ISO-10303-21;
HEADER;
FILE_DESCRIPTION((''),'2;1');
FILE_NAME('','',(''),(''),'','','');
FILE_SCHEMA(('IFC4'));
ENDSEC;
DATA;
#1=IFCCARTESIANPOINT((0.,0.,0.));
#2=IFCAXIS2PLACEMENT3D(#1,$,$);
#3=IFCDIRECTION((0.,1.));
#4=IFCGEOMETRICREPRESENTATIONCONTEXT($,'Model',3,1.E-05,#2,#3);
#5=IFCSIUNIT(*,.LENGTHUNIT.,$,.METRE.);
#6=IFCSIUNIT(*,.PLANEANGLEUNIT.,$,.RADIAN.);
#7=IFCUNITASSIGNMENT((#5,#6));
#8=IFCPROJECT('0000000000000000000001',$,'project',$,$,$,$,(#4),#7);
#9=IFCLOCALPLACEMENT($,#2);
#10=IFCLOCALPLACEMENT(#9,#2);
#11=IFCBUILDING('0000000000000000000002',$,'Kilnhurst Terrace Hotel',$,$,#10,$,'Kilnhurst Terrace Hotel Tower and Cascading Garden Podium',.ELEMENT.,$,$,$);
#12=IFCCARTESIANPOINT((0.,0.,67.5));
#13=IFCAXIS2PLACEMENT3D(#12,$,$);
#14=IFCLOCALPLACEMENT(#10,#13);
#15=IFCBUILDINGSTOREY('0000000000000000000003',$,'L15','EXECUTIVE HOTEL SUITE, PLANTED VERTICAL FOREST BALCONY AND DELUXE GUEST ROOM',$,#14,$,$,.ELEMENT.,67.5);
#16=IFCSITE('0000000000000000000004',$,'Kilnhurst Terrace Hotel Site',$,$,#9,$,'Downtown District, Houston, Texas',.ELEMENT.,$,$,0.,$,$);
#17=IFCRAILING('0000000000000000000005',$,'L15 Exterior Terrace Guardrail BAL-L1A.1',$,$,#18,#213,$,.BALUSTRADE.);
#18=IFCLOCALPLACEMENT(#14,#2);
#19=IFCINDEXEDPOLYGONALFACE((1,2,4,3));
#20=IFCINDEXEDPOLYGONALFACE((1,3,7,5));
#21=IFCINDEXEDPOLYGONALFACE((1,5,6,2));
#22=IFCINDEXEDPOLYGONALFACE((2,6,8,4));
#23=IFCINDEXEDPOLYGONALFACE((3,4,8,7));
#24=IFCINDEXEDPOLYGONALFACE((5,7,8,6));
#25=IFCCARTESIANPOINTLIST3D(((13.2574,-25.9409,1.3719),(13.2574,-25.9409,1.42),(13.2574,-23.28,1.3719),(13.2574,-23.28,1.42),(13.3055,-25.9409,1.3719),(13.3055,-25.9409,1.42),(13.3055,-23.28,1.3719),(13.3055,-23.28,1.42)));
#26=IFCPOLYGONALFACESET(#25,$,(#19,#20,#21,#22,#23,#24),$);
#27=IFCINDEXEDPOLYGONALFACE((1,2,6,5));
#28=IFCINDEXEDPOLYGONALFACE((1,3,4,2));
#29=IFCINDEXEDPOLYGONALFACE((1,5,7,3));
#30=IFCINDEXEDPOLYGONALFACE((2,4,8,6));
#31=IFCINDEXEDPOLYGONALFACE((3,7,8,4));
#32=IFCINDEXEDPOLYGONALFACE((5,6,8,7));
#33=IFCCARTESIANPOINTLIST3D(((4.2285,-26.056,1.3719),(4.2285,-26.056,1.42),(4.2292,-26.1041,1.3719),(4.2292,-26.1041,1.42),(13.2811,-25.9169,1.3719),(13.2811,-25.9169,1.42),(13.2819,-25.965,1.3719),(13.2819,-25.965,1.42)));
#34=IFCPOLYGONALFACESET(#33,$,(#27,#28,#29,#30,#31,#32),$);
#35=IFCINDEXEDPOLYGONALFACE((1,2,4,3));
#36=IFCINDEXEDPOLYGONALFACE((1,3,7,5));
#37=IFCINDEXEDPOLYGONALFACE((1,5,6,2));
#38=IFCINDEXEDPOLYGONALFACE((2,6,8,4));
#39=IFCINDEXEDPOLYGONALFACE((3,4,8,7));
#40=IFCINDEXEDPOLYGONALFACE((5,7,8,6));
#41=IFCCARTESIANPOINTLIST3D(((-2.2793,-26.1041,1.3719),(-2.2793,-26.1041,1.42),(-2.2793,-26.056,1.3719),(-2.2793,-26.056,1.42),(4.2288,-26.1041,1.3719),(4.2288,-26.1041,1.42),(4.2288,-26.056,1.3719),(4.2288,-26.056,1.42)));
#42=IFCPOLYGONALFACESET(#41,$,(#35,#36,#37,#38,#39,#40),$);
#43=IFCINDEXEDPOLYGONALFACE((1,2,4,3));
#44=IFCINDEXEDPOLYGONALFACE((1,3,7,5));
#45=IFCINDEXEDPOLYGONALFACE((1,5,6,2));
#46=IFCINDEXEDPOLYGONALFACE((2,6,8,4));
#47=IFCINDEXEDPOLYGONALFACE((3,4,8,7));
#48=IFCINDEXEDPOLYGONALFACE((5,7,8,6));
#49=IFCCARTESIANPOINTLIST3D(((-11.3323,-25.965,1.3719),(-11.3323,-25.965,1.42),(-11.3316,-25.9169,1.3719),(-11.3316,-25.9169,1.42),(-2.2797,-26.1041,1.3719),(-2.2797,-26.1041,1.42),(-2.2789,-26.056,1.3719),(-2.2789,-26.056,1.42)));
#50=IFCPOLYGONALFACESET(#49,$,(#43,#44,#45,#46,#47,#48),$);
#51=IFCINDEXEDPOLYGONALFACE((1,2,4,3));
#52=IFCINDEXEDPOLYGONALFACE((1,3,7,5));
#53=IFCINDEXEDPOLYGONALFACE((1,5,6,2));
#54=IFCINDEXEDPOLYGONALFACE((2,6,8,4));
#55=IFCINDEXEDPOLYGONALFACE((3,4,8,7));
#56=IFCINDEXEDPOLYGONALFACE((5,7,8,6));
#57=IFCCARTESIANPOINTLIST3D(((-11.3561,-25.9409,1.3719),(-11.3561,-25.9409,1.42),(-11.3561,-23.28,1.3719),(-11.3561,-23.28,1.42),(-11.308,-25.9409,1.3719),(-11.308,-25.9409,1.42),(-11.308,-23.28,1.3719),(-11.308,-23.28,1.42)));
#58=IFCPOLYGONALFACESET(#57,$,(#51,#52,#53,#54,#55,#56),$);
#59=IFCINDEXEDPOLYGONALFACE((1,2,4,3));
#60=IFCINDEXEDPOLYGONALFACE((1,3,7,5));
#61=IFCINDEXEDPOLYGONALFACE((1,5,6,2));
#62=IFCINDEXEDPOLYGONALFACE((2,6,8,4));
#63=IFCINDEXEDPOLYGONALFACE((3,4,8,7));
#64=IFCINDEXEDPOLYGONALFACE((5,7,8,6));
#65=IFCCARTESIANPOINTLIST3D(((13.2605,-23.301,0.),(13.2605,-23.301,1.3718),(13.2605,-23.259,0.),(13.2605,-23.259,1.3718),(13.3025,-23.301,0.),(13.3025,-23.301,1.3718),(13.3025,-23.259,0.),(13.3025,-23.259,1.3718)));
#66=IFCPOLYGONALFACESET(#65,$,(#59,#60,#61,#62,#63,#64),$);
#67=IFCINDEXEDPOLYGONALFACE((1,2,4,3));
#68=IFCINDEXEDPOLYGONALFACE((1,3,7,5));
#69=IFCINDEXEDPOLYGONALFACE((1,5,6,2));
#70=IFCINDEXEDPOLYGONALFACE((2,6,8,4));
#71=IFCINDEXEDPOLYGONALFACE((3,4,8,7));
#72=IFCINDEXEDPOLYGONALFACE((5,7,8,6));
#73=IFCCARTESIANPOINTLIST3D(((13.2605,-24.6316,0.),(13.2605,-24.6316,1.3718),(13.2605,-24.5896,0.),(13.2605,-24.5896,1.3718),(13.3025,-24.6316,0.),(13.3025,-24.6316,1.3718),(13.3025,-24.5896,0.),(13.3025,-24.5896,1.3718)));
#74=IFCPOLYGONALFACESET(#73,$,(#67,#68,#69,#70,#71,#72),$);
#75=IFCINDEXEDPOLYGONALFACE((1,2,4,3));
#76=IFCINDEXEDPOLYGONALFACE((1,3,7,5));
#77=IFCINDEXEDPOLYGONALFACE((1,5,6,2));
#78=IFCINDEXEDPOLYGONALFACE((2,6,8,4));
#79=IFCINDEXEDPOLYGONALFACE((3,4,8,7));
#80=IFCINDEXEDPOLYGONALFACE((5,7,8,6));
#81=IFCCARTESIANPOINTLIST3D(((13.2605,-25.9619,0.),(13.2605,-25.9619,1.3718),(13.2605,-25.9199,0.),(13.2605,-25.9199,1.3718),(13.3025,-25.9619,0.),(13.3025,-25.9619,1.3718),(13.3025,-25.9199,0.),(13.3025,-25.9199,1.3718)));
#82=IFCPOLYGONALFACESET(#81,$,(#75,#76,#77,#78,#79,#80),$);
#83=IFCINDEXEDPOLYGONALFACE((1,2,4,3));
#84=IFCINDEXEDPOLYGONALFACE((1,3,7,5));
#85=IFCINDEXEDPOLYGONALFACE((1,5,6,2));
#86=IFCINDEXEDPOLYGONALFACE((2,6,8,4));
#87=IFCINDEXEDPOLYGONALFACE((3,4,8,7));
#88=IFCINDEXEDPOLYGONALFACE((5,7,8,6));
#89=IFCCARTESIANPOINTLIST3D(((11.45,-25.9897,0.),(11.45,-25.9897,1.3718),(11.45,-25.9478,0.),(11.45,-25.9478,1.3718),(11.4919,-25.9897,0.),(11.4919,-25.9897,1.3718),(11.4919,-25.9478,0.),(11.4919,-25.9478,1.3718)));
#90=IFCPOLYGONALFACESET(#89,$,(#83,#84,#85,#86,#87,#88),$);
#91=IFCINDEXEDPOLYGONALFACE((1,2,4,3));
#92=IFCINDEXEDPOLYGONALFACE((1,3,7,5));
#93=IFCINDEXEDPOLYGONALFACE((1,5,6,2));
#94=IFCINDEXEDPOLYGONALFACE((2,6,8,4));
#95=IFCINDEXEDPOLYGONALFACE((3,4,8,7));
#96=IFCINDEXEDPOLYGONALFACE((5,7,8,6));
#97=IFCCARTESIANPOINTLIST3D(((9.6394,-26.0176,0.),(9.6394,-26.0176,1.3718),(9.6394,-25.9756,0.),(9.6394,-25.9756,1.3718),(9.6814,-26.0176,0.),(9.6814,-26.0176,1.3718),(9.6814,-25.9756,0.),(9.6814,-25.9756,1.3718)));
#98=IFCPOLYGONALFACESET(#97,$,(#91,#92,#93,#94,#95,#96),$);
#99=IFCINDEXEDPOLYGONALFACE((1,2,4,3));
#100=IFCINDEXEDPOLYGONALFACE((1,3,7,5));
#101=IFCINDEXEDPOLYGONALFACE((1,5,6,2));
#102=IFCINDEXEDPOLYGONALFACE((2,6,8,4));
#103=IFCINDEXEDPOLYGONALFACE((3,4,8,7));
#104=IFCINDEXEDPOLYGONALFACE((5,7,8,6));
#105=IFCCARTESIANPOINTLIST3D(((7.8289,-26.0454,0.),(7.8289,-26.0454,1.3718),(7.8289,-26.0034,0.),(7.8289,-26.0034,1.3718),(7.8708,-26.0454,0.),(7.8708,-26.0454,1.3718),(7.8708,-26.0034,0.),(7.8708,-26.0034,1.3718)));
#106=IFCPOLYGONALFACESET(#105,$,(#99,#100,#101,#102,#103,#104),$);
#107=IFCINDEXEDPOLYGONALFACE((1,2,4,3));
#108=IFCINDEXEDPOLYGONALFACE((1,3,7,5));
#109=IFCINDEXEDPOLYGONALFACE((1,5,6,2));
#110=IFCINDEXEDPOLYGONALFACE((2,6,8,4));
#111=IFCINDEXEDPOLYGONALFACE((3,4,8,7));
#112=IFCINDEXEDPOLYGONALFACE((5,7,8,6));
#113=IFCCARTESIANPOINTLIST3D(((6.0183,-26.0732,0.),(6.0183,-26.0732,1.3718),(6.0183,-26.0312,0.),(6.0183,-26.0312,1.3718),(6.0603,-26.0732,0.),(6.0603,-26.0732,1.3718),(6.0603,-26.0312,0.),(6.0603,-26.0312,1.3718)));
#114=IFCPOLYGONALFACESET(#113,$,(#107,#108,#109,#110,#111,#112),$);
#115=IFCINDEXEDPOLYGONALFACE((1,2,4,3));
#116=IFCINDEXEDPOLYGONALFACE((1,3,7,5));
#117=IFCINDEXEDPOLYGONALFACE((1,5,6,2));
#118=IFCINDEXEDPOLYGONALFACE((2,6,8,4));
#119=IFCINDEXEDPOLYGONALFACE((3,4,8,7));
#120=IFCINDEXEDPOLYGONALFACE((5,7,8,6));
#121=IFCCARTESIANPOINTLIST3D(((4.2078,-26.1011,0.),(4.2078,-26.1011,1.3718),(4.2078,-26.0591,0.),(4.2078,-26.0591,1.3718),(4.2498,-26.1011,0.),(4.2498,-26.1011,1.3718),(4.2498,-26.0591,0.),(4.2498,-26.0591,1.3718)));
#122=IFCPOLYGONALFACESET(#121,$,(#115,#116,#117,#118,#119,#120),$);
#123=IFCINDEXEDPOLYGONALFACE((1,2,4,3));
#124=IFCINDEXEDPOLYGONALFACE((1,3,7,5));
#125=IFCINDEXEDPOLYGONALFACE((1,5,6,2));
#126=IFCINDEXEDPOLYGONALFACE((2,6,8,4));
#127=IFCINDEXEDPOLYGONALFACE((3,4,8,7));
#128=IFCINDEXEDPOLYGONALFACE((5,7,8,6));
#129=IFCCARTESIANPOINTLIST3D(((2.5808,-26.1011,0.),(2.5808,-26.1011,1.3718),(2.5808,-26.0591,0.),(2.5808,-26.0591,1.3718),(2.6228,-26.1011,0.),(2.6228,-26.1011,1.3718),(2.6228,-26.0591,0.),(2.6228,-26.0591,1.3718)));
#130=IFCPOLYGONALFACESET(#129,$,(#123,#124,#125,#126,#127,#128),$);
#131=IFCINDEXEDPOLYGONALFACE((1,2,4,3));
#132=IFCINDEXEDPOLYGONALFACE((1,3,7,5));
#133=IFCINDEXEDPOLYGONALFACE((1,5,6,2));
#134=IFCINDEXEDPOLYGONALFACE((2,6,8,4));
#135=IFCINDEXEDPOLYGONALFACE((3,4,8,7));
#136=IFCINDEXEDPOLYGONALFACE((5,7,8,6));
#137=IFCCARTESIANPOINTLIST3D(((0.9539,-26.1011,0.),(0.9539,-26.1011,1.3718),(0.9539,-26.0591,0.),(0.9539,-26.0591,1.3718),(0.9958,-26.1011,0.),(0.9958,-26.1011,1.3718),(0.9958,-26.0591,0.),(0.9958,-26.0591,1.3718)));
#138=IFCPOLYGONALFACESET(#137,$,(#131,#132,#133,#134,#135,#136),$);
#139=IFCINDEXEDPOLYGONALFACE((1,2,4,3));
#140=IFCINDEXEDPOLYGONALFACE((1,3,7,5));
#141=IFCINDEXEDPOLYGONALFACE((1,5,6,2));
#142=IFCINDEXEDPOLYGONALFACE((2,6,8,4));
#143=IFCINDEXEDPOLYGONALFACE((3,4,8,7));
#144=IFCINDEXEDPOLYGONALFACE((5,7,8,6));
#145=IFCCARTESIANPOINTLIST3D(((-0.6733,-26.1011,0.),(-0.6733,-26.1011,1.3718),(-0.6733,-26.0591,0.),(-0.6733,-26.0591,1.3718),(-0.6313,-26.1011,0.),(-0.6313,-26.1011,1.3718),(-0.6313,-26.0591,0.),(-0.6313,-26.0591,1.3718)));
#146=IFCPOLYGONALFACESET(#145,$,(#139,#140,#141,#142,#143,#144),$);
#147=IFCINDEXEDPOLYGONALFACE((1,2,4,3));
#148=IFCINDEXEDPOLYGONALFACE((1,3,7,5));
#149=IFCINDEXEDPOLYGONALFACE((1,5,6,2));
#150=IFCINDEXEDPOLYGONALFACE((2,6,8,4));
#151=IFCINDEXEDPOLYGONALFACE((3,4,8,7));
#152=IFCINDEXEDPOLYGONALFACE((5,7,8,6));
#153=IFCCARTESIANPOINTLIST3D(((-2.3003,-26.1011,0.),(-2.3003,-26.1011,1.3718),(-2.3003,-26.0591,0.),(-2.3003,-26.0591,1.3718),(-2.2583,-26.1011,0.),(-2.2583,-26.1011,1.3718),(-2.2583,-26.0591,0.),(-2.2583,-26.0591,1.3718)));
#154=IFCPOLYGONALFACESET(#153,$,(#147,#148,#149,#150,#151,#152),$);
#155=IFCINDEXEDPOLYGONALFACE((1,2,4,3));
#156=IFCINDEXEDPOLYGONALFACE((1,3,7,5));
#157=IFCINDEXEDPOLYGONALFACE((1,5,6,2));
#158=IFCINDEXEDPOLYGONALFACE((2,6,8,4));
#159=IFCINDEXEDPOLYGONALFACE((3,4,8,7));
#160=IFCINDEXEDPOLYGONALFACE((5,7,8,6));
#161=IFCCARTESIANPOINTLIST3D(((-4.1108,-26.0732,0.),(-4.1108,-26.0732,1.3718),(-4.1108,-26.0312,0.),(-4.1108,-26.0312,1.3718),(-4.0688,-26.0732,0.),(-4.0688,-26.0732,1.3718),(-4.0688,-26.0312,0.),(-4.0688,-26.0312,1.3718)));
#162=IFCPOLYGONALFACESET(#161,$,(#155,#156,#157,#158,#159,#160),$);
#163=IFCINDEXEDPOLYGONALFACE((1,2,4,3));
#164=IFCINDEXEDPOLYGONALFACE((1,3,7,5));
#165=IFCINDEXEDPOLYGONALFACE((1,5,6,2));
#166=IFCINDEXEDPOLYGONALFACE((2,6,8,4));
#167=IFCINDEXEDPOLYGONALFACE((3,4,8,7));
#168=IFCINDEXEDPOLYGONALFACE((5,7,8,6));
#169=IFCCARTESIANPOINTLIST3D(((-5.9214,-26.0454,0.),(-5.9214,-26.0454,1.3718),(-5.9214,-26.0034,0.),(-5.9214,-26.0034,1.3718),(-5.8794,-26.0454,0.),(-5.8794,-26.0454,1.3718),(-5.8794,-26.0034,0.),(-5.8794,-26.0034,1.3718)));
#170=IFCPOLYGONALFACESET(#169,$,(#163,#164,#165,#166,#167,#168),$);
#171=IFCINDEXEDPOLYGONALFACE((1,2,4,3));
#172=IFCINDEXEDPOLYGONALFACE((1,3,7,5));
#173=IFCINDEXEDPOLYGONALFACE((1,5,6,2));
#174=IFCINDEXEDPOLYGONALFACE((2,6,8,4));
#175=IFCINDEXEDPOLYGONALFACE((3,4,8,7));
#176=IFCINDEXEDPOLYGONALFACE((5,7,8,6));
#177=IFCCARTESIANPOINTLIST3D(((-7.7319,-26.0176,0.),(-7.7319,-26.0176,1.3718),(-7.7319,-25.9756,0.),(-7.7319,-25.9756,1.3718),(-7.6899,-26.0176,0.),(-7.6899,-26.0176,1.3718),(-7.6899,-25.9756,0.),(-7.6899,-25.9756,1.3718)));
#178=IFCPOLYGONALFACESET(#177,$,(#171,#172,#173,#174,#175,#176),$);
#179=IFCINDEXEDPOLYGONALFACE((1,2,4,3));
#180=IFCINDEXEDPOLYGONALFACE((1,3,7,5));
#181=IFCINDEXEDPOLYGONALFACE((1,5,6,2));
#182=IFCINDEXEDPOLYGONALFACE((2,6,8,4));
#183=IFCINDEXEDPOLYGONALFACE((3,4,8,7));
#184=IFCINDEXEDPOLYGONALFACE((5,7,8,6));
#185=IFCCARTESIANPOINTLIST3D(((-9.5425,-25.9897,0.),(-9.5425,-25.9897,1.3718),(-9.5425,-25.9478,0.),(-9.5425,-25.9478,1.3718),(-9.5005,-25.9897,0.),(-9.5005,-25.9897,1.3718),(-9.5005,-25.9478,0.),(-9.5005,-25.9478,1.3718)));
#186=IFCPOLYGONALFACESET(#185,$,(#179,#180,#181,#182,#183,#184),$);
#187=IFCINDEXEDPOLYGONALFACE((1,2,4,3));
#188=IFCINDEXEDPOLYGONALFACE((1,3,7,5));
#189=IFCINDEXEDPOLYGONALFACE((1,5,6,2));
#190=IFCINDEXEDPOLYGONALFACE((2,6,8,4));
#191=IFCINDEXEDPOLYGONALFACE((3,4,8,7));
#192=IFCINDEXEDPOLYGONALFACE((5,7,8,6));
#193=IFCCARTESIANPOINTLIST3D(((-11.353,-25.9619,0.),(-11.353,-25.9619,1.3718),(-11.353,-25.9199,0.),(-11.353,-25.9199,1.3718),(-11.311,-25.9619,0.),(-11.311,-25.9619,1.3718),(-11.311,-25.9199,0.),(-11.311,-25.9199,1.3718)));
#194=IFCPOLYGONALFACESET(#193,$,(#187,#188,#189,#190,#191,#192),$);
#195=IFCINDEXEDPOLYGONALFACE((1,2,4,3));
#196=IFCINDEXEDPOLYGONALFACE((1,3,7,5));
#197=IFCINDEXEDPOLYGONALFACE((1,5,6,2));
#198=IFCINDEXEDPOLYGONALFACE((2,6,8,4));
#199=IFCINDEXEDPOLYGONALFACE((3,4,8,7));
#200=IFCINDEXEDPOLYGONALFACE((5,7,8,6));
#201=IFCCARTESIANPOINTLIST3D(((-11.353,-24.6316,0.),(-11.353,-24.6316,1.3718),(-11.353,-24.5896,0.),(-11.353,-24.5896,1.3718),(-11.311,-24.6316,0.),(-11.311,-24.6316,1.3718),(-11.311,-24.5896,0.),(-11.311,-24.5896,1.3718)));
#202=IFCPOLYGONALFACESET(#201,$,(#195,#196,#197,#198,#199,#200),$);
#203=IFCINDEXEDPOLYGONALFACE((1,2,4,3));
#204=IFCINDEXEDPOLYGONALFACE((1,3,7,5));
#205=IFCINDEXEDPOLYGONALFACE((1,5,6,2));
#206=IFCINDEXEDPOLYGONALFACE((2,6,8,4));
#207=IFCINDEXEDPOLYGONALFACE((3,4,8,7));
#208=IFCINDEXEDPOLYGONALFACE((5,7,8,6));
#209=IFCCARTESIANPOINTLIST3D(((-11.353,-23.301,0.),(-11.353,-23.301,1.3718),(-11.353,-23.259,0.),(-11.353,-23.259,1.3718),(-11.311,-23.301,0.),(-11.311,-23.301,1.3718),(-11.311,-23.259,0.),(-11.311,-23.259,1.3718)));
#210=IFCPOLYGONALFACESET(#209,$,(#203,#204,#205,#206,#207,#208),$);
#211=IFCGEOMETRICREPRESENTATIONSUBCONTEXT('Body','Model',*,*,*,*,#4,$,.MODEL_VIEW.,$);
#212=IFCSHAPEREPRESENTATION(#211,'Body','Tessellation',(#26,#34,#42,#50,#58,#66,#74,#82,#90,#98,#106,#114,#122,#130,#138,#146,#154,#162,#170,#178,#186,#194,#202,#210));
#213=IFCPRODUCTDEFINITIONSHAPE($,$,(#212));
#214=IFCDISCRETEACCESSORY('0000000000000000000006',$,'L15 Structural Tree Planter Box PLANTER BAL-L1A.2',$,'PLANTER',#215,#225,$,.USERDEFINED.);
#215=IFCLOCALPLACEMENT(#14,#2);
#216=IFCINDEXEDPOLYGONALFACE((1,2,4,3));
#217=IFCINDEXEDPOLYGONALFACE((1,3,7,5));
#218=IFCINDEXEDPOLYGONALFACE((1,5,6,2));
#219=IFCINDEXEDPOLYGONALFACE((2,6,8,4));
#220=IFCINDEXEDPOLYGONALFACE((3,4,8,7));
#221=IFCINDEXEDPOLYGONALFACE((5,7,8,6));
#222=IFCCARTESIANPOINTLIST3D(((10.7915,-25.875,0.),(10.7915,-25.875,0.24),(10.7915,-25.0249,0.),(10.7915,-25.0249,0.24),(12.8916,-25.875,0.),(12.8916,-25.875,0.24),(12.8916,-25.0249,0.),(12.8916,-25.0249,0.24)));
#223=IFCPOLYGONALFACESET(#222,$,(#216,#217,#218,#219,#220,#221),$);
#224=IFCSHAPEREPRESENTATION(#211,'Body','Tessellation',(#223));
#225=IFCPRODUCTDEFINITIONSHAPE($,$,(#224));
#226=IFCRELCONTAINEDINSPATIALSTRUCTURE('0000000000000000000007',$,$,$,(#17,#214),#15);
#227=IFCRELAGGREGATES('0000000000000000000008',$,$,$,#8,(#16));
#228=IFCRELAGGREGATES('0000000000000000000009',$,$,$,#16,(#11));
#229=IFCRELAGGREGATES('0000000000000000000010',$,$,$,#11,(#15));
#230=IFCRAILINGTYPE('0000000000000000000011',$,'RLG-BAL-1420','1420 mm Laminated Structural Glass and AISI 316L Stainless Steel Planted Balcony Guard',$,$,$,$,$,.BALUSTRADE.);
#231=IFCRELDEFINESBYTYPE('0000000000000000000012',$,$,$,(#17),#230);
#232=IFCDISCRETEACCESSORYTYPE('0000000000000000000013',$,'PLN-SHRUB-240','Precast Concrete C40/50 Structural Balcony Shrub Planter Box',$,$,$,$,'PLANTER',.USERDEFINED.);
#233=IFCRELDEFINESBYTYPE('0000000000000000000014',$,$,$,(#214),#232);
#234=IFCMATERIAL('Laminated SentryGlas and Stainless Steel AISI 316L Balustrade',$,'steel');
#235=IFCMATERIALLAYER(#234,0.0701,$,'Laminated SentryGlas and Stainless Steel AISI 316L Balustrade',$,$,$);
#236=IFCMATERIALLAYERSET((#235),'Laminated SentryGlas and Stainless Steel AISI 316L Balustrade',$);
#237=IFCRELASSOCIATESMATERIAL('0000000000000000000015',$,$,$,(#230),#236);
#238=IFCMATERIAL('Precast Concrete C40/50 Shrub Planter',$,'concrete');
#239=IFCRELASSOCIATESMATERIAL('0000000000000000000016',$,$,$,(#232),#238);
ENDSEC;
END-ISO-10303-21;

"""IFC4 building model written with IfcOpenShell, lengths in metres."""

from ifc_helpers import new_model, si_unit, direction, frame, origin, origin_2d, place, context, subcontext, project, spatial, rectangle, extrude, material, layer, layer_set, type_object, element, save


model = new_model("IFC4")

# Units and contexts
model_context = context("Model", 3, precision=1e-05, world=origin(), true_north=direction((0.0, 1.0)))
body_context = subcontext(model_context, "Body", "Model", "MODEL_VIEW")
ifc_project = project(units=[si_unit("LENGTHUNIT", "METRE"), si_unit("PLANEANGLEUNIT", "RADIAN")], contexts=[model_context])

# Site, building, storey
site_placement = place(None, origin())
site = spatial("IfcSite", under=ifc_project, at=site_placement, Name="Kilnhurst Terrace Hotel Site", LongName="Downtown District, Houston, Texas", CompositionType="ELEMENT", RefElevation=0.0)
building_placement = place(site_placement, origin())
building = spatial("IfcBuilding", under=site, at=building_placement, Name="Kilnhurst Terrace Hotel", LongName="Kilnhurst Terrace Hotel Tower and Cascading Garden Podium", CompositionType="ELEMENT")
storey_placement = place(building_placement, frame((0.0, 0.0, 67.5)))
storey = spatial("IfcBuildingStorey", under=building, at=storey_placement, Name="L15", Description="EXECUTIVE HOTEL SUITE, PLANTED VERTICAL FOREST BALCONY AND DELUXE GUEST ROOM", CompositionType="ELEMENT", Elevation=67.5)

# Railing
ifc_material_1 = material(Name="Laminated SentryGlas and Stainless Steel AISI 316L Balustrade", Category="steel")
ifc_layer_1 = layer(ifc_material_1, 0.0701, Name="Laminated SentryGlas and Stainless Steel AISI 316L Balustrade")
ifc_layer_set_1 = layer_set([ifc_layer_1], Name="Laminated SentryGlas and Stainless Steel AISI 316L Balustrade")
railing_type = type_object("IfcRailingType", Name="RLG-BAL-1420", Description="1420 mm Laminated Structural Glass and AISI 316L Stainless Steel Planted Balcony Guard", PredefinedType="BALUSTRADE", material=ifc_layer_set_1)
railing_placement = place(storey_placement, frame((13.2815, -23.28, 0.0)))
element("IfcRailing", 1, at=railing_placement, inside=storey, type_object=railing_type, Name="L15 Exterior Terrace Guardrail BAL-L1A.1", PredefinedType="BALUSTRADE", context=body_context, shape_type="SweptSolid", body=[
    extrude(rectangle(XDim=0.0481, YDim=0.0481, at=origin_2d()), frame((0.0, 0.0, 1.396), z_axis=(0.0, -1.0, 0.0), x_axis=(1.0, 0.0, 0.0)), (0.0, 0.0, 1.0), 2.6609),
    extrude(rectangle(XDim=0.0481, YDim=0.0481, at=origin_2d()), frame((0.0, -2.6609, 1.396), z_axis=(-0.999882, -0.01537, 0.0), x_axis=(0.01537, -0.999882, 0.0)), (0.0, 0.0, 1.0), 9.0537),
    extrude(rectangle(XDim=0.0481, YDim=0.0481, at=origin_2d()), frame((-9.0527, -2.8, 1.396), z_axis=(-1.0, 0.0, 0.0), x_axis=(0.0, -1.0, 0.0)), (0.0, 0.0, 1.0), 6.5081),
    extrude(rectangle(XDim=0.0481, YDim=0.0481, at=origin_2d()), frame((-15.5608, -2.8, 1.396), z_axis=(-0.999882, 0.01537, 0.0), x_axis=(-0.01537, -0.999882, 0.0)), (0.0, 0.0, 1.0), 9.0537),
    extrude(rectangle(XDim=0.0481, YDim=0.0481, at=origin_2d()), frame((-24.6135, -2.6609, 1.396), z_axis=(0.0, 1.0, 0.0), x_axis=(-1.0, 0.0, 0.0)), (0.0, 0.0, 1.0), 2.6609),
    extrude(rectangle(XDim=0.042, YDim=0.042, at=origin_2d()), origin(), (0.0, 0.0, 1.0), 1.3718),
    extrude(rectangle(XDim=0.042, YDim=0.042, at=origin_2d()), frame((0.0, -1.3306, 0.0)), (0.0, 0.0, 1.0), 1.3718),
    extrude(rectangle(XDim=0.042, YDim=0.042, at=origin_2d()), frame((0.0, -2.6609, 0.0)), (0.0, 0.0, 1.0), 1.3718),
    extrude(rectangle(XDim=0.042, YDim=0.042, at=origin_2d()), frame((-1.8105, -2.6887, 0.0)), (0.0, 0.0, 1.0), 1.3718),
    extrude(rectangle(XDim=0.042, YDim=0.042, at=origin_2d()), frame((-3.6211, -2.7166, 0.0)), (0.0, 0.0, 1.0), 1.3718),
    extrude(rectangle(XDim=0.042, YDim=0.042, at=origin_2d()), frame((-5.4316, -2.7444, 0.0)), (0.0, 0.0, 1.0), 1.3718),
    extrude(rectangle(XDim=0.042, YDim=0.042, at=origin_2d()), frame((-7.2422, -2.7722, 0.0)), (0.0, 0.0, 1.0), 1.3718),
    extrude(rectangle(XDim=0.042, YDim=0.042, at=origin_2d()), frame((-9.0527, -2.8, 0.0)), (0.0, 0.0, 1.0), 1.3718),
    extrude(rectangle(XDim=0.042, YDim=0.042, at=origin_2d()), frame((-10.6797, -2.8, 0.0)), (0.0, 0.0, 1.0), 1.3718),
    extrude(rectangle(XDim=0.042, YDim=0.042, at=origin_2d()), frame((-12.3066, -2.8, 0.0)), (0.0, 0.0, 1.0), 1.3718),
    extrude(rectangle(XDim=0.042, YDim=0.042, at=origin_2d()), frame((-13.9338, -2.8, 0.0)), (0.0, 0.0, 1.0), 1.3718),
    extrude(rectangle(XDim=0.042, YDim=0.042, at=origin_2d()), frame((-15.5608, -2.8, 0.0)), (0.0, 0.0, 1.0), 1.3718),
    extrude(rectangle(XDim=0.042, YDim=0.042, at=origin_2d()), frame((-17.3713, -2.7722, 0.0)), (0.0, 0.0, 1.0), 1.3718),
    extrude(rectangle(XDim=0.042, YDim=0.042, at=origin_2d()), frame((-19.1819, -2.7444, 0.0)), (0.0, 0.0, 1.0), 1.3718),
    extrude(rectangle(XDim=0.042, YDim=0.042, at=origin_2d()), frame((-20.9924, -2.7166, 0.0)), (0.0, 0.0, 1.0), 1.3718),
    extrude(rectangle(XDim=0.042, YDim=0.042, at=origin_2d()), frame((-22.803, -2.6887, 0.0)), (0.0, 0.0, 1.0), 1.3718),
    extrude(rectangle(XDim=0.042, YDim=0.042, at=origin_2d()), frame((-24.6135, -2.6609, 0.0)), (0.0, 0.0, 1.0), 1.3718),
    extrude(rectangle(XDim=0.042, YDim=0.042, at=origin_2d()), frame((-24.6135, -1.3306, 0.0)), (0.0, 0.0, 1.0), 1.3718),
    extrude(rectangle(XDim=0.042, YDim=0.042, at=origin_2d()), frame((-24.6135, 0.0, 0.0)), (0.0, 0.0, 1.0), 1.3718),
])

# Discrete accessory
ifc_material_2 = material(Name="Precast Concrete C40/50 Shrub Planter", Category="concrete")
discrete_accessory_type_1 = type_object("IfcDiscreteAccessoryType", Name="PLN-SHRUB-240", Description="Precast Concrete C40/50 Structural Balcony Shrub Planter Box", ElementType="PLANTER", PredefinedType="USERDEFINED", material=ifc_material_2)
discrete_accessory_1_placement = place(storey_placement, frame((11.8416, -25.45, 0.0), z_axis=(0.0, 0.0, 1.0), x_axis=(1.0, 0.0, 0.0)))
element("IfcDiscreteAccessory", 2, at=discrete_accessory_1_placement, inside=storey, type_object=discrete_accessory_type_1, Name="L15 Structural Tree Planter Box PLANTER BAL-L1A.2", ObjectType="PLANTER", PredefinedType="USERDEFINED", context=body_context, shape_type="SweptSolid", body=[
    extrude(rectangle(XDim=2.1001, YDim=0.8501, at=origin_2d()), origin(), (0.0, 0.0, 1.0), 0.24),
])

save(model, "model.ifc")
